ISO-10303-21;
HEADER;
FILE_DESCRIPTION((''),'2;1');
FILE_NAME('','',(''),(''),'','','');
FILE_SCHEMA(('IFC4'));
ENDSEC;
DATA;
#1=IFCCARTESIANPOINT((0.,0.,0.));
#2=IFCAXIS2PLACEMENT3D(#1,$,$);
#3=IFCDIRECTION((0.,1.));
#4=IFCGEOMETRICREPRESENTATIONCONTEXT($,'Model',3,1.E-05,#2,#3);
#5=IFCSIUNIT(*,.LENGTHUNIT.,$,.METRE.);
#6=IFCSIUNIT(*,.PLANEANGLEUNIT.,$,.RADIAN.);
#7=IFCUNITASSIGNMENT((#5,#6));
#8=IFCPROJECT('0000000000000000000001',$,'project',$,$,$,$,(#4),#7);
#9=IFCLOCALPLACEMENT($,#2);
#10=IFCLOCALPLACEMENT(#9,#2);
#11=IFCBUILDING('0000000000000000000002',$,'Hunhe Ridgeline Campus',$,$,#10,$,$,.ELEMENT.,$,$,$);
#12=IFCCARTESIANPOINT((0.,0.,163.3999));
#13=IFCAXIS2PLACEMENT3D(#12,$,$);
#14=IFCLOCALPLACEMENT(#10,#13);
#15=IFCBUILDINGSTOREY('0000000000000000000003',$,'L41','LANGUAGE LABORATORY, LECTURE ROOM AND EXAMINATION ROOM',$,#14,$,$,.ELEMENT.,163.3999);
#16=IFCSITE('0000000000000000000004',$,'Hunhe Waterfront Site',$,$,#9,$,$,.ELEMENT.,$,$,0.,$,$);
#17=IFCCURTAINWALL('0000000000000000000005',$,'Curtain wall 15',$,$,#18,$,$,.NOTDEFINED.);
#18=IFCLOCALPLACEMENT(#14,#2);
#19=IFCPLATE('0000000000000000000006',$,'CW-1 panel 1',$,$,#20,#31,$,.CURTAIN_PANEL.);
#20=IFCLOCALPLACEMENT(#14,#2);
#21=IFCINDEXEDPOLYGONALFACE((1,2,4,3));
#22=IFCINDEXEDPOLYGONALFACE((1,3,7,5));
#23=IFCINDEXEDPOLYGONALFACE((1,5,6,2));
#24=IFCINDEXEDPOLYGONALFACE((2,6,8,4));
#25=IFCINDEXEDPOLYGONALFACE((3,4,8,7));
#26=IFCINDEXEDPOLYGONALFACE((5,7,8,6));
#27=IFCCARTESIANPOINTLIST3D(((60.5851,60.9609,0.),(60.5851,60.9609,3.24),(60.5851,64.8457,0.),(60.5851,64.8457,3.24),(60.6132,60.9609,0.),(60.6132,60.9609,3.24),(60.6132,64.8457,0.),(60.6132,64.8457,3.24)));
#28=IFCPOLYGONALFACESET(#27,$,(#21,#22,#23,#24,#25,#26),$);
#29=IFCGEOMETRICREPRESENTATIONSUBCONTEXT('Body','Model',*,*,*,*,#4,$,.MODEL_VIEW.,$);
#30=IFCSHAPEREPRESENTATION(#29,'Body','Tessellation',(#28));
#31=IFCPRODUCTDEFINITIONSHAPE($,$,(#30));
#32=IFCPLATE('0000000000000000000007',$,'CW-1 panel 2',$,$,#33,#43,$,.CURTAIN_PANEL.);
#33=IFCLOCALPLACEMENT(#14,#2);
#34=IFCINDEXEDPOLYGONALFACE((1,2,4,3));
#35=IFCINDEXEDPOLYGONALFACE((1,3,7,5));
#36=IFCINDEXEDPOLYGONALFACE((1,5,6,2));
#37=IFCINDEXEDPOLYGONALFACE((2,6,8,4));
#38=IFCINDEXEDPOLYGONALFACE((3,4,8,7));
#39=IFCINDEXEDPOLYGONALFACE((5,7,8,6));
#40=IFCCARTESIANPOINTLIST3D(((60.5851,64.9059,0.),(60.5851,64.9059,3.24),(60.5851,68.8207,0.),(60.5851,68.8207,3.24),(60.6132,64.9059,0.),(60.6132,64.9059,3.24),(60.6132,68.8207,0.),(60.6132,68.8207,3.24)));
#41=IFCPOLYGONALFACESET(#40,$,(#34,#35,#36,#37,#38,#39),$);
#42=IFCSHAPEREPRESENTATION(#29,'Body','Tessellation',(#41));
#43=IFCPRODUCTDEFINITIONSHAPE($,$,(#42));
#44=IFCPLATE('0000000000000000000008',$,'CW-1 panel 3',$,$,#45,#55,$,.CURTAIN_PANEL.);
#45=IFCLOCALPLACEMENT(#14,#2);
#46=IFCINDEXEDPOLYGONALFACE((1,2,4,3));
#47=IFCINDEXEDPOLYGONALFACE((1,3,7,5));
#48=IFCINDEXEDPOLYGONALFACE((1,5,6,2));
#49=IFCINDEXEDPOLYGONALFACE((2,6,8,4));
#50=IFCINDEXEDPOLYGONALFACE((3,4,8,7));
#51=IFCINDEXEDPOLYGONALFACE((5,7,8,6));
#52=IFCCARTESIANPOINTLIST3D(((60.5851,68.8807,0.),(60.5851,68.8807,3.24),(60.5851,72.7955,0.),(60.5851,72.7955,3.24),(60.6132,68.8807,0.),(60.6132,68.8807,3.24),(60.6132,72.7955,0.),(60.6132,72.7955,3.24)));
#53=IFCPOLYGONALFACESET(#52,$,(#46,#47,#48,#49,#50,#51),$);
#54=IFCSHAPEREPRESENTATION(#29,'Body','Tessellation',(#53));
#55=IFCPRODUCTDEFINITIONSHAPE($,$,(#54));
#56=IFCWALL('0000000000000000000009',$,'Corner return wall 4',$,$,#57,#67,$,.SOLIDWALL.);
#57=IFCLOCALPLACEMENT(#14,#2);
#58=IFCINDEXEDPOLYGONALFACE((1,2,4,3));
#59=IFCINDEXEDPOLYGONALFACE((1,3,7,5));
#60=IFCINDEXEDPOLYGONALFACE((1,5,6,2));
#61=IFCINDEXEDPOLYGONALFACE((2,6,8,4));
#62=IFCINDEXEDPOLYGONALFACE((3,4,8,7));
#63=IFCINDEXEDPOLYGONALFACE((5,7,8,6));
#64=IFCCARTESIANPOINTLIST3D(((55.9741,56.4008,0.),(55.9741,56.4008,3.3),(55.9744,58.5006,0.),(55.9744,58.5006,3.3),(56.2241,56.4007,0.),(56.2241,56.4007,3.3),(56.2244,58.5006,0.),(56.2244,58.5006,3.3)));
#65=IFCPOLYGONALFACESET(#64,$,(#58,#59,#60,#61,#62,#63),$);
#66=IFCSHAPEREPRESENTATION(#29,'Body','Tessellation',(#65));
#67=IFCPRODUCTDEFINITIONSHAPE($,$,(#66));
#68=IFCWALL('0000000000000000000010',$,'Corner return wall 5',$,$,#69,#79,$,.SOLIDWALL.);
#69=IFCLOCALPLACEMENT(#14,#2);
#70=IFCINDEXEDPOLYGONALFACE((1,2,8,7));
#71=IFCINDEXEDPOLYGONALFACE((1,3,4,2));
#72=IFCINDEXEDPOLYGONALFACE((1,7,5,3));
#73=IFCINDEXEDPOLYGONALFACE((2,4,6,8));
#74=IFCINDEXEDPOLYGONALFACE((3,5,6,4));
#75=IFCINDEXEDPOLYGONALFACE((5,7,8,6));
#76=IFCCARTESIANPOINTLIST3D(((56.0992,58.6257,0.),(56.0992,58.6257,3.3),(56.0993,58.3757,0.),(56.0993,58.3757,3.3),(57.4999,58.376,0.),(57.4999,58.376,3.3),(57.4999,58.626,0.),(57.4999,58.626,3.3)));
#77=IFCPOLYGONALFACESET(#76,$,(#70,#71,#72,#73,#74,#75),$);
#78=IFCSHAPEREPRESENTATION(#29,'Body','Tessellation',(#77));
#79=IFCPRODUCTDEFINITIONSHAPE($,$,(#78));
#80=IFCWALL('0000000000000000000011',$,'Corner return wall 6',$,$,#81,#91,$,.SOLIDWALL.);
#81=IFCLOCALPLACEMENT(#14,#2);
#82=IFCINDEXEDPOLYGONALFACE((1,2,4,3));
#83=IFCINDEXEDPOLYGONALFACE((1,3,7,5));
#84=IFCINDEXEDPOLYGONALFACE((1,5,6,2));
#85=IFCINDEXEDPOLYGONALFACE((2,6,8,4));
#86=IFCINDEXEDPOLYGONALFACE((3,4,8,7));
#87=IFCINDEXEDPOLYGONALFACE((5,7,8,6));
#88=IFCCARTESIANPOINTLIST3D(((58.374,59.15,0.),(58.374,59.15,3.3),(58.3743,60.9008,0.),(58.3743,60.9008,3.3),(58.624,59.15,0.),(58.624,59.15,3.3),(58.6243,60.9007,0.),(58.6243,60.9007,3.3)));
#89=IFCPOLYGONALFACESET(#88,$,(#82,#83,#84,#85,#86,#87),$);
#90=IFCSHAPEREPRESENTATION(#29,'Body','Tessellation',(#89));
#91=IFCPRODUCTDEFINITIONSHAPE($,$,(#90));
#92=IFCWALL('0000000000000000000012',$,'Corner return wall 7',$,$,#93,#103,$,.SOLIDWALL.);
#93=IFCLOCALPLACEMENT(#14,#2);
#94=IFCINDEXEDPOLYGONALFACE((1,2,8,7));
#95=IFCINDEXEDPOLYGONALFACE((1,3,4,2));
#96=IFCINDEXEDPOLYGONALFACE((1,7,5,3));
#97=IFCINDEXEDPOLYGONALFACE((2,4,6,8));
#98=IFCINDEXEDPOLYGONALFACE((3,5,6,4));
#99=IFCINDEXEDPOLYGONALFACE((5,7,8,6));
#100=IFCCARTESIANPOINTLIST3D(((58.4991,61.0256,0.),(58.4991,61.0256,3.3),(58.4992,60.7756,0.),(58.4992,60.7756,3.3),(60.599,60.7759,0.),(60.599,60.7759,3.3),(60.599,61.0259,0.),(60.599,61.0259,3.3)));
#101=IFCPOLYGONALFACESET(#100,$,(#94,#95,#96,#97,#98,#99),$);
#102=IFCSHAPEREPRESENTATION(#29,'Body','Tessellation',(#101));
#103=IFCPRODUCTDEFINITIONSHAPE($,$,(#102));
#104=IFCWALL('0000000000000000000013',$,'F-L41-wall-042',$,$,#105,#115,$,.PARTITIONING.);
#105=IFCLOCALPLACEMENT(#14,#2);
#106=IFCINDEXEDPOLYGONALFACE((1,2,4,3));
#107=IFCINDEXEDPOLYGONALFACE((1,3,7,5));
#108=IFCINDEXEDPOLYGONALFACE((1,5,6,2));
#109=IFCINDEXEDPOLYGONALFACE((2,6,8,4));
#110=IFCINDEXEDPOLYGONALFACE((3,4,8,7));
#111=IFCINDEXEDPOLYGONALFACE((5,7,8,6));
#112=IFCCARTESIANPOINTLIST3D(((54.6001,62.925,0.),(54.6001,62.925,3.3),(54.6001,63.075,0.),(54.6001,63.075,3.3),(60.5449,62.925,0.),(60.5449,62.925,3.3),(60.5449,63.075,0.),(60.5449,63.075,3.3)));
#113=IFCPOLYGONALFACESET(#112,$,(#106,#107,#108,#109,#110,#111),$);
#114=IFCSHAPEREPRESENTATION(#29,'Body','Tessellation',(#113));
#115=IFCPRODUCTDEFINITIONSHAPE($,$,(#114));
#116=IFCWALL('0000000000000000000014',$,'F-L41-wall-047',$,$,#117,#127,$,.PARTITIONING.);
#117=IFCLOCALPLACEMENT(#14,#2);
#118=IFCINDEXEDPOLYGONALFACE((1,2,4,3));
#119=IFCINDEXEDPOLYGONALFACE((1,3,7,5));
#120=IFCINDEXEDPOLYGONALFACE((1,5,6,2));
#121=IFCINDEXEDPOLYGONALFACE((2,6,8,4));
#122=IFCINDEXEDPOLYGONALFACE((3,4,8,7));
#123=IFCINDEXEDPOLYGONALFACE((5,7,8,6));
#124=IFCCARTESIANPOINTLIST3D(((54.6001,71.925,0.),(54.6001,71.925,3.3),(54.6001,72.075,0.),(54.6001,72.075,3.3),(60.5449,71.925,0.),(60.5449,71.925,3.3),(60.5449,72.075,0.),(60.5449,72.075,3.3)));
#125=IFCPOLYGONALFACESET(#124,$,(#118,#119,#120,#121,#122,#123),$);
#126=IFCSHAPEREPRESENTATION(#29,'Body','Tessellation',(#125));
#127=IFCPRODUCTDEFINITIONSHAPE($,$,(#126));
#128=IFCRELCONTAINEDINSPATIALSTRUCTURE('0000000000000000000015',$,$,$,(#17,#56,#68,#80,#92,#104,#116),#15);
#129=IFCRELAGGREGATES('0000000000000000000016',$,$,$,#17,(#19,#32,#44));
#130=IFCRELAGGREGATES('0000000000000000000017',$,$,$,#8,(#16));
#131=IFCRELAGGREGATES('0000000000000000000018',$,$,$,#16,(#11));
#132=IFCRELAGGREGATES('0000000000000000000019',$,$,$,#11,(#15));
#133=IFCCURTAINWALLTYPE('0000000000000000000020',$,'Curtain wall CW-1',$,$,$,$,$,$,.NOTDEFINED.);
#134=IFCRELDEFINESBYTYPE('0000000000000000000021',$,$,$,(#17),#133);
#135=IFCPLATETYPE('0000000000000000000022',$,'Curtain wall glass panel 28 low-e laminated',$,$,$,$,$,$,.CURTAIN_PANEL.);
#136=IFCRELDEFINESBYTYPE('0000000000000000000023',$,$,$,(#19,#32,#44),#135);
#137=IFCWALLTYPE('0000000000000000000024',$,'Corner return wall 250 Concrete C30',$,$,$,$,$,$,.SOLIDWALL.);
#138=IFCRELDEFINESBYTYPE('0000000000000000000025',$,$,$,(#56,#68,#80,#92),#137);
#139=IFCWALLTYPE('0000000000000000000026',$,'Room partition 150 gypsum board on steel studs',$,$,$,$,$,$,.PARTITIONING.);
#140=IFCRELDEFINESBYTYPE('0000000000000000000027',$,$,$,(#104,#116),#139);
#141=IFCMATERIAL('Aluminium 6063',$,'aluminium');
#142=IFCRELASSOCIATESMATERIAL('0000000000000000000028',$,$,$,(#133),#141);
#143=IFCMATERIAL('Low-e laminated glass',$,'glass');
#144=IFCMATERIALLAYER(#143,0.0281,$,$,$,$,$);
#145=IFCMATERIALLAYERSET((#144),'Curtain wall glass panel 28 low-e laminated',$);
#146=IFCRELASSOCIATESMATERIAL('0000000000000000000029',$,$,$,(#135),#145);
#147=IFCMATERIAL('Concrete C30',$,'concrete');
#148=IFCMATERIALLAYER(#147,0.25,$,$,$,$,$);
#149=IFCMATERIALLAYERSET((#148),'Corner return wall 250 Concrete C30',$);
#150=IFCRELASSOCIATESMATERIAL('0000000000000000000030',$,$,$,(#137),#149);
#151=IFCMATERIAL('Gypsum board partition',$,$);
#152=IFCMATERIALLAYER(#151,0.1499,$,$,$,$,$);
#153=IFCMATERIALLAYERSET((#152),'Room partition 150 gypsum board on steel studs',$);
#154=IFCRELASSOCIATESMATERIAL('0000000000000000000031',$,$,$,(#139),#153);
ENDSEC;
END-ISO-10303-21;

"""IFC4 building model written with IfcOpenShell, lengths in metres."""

from ifc_helpers import new_model, si_unit, direction, frame, frame_2d, origin, origin_2d, place, context, subcontext, project, spatial, rectangle, extrude, material, layer, layer_set, type_object, element, aggregate, save


model = new_model("IFC4")

# Units and contexts
model_context = context("Model", 3, precision=1e-05, world=origin(), true_north=direction((0.0, 1.0)))
body_context = subcontext(model_context, "Body", "Model", "MODEL_VIEW")
ifc_project = project(units=[si_unit("LENGTHUNIT", "METRE"), si_unit("PLANEANGLEUNIT", "RADIAN")], contexts=[model_context])

# Site, building, storey
site_placement = place(None, origin())
site = spatial("IfcSite", under=ifc_project, at=site_placement, Name="Hunhe Waterfront Site", CompositionType="ELEMENT", RefElevation=0.0)
building_placement = place(site_placement, origin())
building = spatial("IfcBuilding", under=site, at=building_placement, Name="Hunhe Ridgeline Campus", CompositionType="ELEMENT")
storey_placement = place(building_placement, frame((0.0, 0.0, 163.3999)))
storey = spatial("IfcBuildingStorey", under=building, at=storey_placement, Name="L41", Description="LANGUAGE LABORATORY, LECTURE ROOM AND EXAMINATION ROOM", CompositionType="ELEMENT", Elevation=163.3999)

# Shared definitions
ifc_material_1 = material(Name="Aluminium 6063", Category="aluminium")
curtain_wall_type = type_object("IfcCurtainWallType", Name="Curtain wall CW-1", PredefinedType="NOTDEFINED", material=ifc_material_1)

# Curtain wall
curtain_wall_1_placement = place(storey_placement, origin())
curtain_wall_1 = element("IfcCurtainWall", 1, at=curtain_wall_1_placement, inside=storey, type_object=curtain_wall_type, Name="Curtain wall 15", PredefinedType="NOTDEFINED")

# Plates
ifc_material_2 = material(Name="Low-e laminated glass", Category="glass")
ifc_layer_1 = layer(ifc_material_2, 0.0281)
ifc_layer_set_1 = layer_set([ifc_layer_1], Name="Curtain wall glass panel 28 low-e laminated")
plate_type = type_object("IfcPlateType", Name="Curtain wall glass panel 28 low-e laminated", PredefinedType="CURTAIN_PANEL", material=ifc_layer_set_1)
plate_1_placement = place(storey_placement, frame((60.5991, 62.9033, 0.0), z_axis=(0.0, 0.0, 1.0), x_axis=(0.0, 1.0, 0.0)))
plate_1 = element("IfcPlate", 2, at=plate_1_placement, type_object=plate_type, Name="CW-1 panel 1", PredefinedType="CURTAIN_PANEL", context=body_context, shape_type="SweptSolid", body=[
    extrude(rectangle(XDim=3.8848, YDim=0.0281, at=origin_2d()), origin(), (0.0, 0.0, 1.0), 3.24),
])
plate_2_placement = place(storey_placement, frame((60.5991, 66.8633, 0.0), z_axis=(0.0, 0.0, 1.0), x_axis=(0.0, 1.0, 0.0)))
plate_2 = element("IfcPlate", 3, at=plate_2_placement, type_object=plate_type, Name="CW-1 panel 2", PredefinedType="CURTAIN_PANEL", context=body_context, shape_type="SweptSolid", body=[
    extrude(rectangle(XDim=3.9148, YDim=0.0281, at=origin_2d()), origin(), (0.0, 0.0, 1.0), 3.24),
])
plate_3_placement = place(storey_placement, frame((60.5991, 70.8381, 0.0), z_axis=(0.0, 0.0, 1.0), x_axis=(0.0, 1.0, 0.0)))
plate_3 = element("IfcPlate", 4, at=plate_3_placement, type_object=plate_type, Name="CW-1 panel 3", PredefinedType="CURTAIN_PANEL", context=body_context, shape_type="SweptSolid", body=[
    extrude(rectangle(XDim=3.9148, YDim=0.0281, at=origin_2d()), origin(), (0.0, 0.0, 1.0), 3.24),
])
aggregate(curtain_wall_1, [plate_1, plate_2, plate_3])

# Walls
ifc_material_3 = material(Name="Concrete C30", Category="concrete")
ifc_layer_2 = layer(ifc_material_3, 0.25)
ifc_layer_set_2 = layer_set([ifc_layer_2], Name="Corner return wall 250 Concrete C30")
wall_type_1 = type_object("IfcWallType", Name="Corner return wall 250 Concrete C30", PredefinedType="SOLIDWALL", material=ifc_layer_set_2)
wall_1_placement = place(storey_placement, frame((56.0991, 56.4009, 0.0), z_axis=(0.0, 0.0, 1.0), x_axis=(0.000116, 1.0, 0.0)))
element("IfcWall", 5, at=wall_1_placement, inside=storey, type_object=wall_type_1, Name="Corner return wall 4", PredefinedType="SOLIDWALL", context=body_context, shape_type="SweptSolid", body=[
    extrude(rectangle(XDim=2.0999, YDim=0.25, at=frame_2d((1.0498, 0.0))), origin(), (0.0, 0.0, 1.0), 3.3),
])
wall_2_placement = place(storey_placement, frame((56.0994, 58.5007, 0.0), z_axis=(0.0, 0.0, 1.0), x_axis=(1.0, 0.000174, 0.0)))
element("IfcWall", 6, at=wall_2_placement, inside=storey, type_object=wall_type_1, Name="Corner return wall 5", PredefinedType="SOLIDWALL", context=body_context, shape_type="SweptSolid", body=[
    extrude(rectangle(XDim=1.4006, YDim=0.25, at=frame_2d((0.7002, 0.0))), origin(), (0.0, 0.0, 1.0), 3.3),
])
wall_3_placement = place(storey_placement, frame((58.499, 59.1499, 0.0), z_axis=(0.0, 0.0, 1.0), x_axis=(0.000139, 1.0, 0.0)))
element("IfcWall", 7, at=wall_3_placement, inside=storey, type_object=wall_type_1, Name="Corner return wall 6", PredefinedType="SOLIDWALL", context=body_context, shape_type="SweptSolid", body=[
    extrude(rectangle(XDim=1.7507, YDim=0.25, at=frame_2d((0.8755, 0.0))), origin(), (0.0, 0.0, 1.0), 3.3),
])
wall_4_placement = place(storey_placement, frame((58.4993, 60.9006, 0.0), z_axis=(0.0, 0.0, 1.0), x_axis=(1.0, 0.000116, 0.0)))
element("IfcWall", 8, at=wall_4_placement, inside=storey, type_object=wall_type_1, Name="Corner return wall 7", PredefinedType="SOLIDWALL", context=body_context, shape_type="SweptSolid", body=[
    extrude(rectangle(XDim=2.0999, YDim=0.25, at=frame_2d((1.0498, 0.0))), origin(), (0.0, 0.0, 1.0), 3.3),
])
ifc_material_4 = material(Name="Gypsum board partition")
ifc_layer_3 = layer(ifc_material_4, 0.1499)
ifc_layer_set_3 = layer_set([ifc_layer_3], Name="Room partition 150 gypsum board on steel studs")
wall_type_2 = type_object("IfcWallType", Name="Room partition 150 gypsum board on steel studs", PredefinedType="PARTITIONING", material=ifc_layer_set_3)
for number, where, z_axis, x_axis, name in (
    (9, (54.6001, 63.0, 0.0), (0.0, 0.0, 1.0), (1.0, 0.0, 0.0), "F-L41-wall-042"),
    (10, (54.6001, 72.0, 0.0), (0.0, 0.0, 1.0), (1.0, 0.0, 0.0), "F-L41-wall-047"),
):
    element("IfcWall", number, at=place(storey_placement, frame(where, z_axis=z_axis, x_axis=x_axis)), inside=storey, type_object=wall_type_2, Name=name, PredefinedType="PARTITIONING", context=body_context, shape_type="SweptSolid", body=[
        extrude(rectangle(XDim=5.9448, YDim=0.1499, at=frame_2d((2.9724, 0.0))), origin(), (0.0, 0.0, 1.0), 3.3),
    ])

save(model, "model.ifc")
